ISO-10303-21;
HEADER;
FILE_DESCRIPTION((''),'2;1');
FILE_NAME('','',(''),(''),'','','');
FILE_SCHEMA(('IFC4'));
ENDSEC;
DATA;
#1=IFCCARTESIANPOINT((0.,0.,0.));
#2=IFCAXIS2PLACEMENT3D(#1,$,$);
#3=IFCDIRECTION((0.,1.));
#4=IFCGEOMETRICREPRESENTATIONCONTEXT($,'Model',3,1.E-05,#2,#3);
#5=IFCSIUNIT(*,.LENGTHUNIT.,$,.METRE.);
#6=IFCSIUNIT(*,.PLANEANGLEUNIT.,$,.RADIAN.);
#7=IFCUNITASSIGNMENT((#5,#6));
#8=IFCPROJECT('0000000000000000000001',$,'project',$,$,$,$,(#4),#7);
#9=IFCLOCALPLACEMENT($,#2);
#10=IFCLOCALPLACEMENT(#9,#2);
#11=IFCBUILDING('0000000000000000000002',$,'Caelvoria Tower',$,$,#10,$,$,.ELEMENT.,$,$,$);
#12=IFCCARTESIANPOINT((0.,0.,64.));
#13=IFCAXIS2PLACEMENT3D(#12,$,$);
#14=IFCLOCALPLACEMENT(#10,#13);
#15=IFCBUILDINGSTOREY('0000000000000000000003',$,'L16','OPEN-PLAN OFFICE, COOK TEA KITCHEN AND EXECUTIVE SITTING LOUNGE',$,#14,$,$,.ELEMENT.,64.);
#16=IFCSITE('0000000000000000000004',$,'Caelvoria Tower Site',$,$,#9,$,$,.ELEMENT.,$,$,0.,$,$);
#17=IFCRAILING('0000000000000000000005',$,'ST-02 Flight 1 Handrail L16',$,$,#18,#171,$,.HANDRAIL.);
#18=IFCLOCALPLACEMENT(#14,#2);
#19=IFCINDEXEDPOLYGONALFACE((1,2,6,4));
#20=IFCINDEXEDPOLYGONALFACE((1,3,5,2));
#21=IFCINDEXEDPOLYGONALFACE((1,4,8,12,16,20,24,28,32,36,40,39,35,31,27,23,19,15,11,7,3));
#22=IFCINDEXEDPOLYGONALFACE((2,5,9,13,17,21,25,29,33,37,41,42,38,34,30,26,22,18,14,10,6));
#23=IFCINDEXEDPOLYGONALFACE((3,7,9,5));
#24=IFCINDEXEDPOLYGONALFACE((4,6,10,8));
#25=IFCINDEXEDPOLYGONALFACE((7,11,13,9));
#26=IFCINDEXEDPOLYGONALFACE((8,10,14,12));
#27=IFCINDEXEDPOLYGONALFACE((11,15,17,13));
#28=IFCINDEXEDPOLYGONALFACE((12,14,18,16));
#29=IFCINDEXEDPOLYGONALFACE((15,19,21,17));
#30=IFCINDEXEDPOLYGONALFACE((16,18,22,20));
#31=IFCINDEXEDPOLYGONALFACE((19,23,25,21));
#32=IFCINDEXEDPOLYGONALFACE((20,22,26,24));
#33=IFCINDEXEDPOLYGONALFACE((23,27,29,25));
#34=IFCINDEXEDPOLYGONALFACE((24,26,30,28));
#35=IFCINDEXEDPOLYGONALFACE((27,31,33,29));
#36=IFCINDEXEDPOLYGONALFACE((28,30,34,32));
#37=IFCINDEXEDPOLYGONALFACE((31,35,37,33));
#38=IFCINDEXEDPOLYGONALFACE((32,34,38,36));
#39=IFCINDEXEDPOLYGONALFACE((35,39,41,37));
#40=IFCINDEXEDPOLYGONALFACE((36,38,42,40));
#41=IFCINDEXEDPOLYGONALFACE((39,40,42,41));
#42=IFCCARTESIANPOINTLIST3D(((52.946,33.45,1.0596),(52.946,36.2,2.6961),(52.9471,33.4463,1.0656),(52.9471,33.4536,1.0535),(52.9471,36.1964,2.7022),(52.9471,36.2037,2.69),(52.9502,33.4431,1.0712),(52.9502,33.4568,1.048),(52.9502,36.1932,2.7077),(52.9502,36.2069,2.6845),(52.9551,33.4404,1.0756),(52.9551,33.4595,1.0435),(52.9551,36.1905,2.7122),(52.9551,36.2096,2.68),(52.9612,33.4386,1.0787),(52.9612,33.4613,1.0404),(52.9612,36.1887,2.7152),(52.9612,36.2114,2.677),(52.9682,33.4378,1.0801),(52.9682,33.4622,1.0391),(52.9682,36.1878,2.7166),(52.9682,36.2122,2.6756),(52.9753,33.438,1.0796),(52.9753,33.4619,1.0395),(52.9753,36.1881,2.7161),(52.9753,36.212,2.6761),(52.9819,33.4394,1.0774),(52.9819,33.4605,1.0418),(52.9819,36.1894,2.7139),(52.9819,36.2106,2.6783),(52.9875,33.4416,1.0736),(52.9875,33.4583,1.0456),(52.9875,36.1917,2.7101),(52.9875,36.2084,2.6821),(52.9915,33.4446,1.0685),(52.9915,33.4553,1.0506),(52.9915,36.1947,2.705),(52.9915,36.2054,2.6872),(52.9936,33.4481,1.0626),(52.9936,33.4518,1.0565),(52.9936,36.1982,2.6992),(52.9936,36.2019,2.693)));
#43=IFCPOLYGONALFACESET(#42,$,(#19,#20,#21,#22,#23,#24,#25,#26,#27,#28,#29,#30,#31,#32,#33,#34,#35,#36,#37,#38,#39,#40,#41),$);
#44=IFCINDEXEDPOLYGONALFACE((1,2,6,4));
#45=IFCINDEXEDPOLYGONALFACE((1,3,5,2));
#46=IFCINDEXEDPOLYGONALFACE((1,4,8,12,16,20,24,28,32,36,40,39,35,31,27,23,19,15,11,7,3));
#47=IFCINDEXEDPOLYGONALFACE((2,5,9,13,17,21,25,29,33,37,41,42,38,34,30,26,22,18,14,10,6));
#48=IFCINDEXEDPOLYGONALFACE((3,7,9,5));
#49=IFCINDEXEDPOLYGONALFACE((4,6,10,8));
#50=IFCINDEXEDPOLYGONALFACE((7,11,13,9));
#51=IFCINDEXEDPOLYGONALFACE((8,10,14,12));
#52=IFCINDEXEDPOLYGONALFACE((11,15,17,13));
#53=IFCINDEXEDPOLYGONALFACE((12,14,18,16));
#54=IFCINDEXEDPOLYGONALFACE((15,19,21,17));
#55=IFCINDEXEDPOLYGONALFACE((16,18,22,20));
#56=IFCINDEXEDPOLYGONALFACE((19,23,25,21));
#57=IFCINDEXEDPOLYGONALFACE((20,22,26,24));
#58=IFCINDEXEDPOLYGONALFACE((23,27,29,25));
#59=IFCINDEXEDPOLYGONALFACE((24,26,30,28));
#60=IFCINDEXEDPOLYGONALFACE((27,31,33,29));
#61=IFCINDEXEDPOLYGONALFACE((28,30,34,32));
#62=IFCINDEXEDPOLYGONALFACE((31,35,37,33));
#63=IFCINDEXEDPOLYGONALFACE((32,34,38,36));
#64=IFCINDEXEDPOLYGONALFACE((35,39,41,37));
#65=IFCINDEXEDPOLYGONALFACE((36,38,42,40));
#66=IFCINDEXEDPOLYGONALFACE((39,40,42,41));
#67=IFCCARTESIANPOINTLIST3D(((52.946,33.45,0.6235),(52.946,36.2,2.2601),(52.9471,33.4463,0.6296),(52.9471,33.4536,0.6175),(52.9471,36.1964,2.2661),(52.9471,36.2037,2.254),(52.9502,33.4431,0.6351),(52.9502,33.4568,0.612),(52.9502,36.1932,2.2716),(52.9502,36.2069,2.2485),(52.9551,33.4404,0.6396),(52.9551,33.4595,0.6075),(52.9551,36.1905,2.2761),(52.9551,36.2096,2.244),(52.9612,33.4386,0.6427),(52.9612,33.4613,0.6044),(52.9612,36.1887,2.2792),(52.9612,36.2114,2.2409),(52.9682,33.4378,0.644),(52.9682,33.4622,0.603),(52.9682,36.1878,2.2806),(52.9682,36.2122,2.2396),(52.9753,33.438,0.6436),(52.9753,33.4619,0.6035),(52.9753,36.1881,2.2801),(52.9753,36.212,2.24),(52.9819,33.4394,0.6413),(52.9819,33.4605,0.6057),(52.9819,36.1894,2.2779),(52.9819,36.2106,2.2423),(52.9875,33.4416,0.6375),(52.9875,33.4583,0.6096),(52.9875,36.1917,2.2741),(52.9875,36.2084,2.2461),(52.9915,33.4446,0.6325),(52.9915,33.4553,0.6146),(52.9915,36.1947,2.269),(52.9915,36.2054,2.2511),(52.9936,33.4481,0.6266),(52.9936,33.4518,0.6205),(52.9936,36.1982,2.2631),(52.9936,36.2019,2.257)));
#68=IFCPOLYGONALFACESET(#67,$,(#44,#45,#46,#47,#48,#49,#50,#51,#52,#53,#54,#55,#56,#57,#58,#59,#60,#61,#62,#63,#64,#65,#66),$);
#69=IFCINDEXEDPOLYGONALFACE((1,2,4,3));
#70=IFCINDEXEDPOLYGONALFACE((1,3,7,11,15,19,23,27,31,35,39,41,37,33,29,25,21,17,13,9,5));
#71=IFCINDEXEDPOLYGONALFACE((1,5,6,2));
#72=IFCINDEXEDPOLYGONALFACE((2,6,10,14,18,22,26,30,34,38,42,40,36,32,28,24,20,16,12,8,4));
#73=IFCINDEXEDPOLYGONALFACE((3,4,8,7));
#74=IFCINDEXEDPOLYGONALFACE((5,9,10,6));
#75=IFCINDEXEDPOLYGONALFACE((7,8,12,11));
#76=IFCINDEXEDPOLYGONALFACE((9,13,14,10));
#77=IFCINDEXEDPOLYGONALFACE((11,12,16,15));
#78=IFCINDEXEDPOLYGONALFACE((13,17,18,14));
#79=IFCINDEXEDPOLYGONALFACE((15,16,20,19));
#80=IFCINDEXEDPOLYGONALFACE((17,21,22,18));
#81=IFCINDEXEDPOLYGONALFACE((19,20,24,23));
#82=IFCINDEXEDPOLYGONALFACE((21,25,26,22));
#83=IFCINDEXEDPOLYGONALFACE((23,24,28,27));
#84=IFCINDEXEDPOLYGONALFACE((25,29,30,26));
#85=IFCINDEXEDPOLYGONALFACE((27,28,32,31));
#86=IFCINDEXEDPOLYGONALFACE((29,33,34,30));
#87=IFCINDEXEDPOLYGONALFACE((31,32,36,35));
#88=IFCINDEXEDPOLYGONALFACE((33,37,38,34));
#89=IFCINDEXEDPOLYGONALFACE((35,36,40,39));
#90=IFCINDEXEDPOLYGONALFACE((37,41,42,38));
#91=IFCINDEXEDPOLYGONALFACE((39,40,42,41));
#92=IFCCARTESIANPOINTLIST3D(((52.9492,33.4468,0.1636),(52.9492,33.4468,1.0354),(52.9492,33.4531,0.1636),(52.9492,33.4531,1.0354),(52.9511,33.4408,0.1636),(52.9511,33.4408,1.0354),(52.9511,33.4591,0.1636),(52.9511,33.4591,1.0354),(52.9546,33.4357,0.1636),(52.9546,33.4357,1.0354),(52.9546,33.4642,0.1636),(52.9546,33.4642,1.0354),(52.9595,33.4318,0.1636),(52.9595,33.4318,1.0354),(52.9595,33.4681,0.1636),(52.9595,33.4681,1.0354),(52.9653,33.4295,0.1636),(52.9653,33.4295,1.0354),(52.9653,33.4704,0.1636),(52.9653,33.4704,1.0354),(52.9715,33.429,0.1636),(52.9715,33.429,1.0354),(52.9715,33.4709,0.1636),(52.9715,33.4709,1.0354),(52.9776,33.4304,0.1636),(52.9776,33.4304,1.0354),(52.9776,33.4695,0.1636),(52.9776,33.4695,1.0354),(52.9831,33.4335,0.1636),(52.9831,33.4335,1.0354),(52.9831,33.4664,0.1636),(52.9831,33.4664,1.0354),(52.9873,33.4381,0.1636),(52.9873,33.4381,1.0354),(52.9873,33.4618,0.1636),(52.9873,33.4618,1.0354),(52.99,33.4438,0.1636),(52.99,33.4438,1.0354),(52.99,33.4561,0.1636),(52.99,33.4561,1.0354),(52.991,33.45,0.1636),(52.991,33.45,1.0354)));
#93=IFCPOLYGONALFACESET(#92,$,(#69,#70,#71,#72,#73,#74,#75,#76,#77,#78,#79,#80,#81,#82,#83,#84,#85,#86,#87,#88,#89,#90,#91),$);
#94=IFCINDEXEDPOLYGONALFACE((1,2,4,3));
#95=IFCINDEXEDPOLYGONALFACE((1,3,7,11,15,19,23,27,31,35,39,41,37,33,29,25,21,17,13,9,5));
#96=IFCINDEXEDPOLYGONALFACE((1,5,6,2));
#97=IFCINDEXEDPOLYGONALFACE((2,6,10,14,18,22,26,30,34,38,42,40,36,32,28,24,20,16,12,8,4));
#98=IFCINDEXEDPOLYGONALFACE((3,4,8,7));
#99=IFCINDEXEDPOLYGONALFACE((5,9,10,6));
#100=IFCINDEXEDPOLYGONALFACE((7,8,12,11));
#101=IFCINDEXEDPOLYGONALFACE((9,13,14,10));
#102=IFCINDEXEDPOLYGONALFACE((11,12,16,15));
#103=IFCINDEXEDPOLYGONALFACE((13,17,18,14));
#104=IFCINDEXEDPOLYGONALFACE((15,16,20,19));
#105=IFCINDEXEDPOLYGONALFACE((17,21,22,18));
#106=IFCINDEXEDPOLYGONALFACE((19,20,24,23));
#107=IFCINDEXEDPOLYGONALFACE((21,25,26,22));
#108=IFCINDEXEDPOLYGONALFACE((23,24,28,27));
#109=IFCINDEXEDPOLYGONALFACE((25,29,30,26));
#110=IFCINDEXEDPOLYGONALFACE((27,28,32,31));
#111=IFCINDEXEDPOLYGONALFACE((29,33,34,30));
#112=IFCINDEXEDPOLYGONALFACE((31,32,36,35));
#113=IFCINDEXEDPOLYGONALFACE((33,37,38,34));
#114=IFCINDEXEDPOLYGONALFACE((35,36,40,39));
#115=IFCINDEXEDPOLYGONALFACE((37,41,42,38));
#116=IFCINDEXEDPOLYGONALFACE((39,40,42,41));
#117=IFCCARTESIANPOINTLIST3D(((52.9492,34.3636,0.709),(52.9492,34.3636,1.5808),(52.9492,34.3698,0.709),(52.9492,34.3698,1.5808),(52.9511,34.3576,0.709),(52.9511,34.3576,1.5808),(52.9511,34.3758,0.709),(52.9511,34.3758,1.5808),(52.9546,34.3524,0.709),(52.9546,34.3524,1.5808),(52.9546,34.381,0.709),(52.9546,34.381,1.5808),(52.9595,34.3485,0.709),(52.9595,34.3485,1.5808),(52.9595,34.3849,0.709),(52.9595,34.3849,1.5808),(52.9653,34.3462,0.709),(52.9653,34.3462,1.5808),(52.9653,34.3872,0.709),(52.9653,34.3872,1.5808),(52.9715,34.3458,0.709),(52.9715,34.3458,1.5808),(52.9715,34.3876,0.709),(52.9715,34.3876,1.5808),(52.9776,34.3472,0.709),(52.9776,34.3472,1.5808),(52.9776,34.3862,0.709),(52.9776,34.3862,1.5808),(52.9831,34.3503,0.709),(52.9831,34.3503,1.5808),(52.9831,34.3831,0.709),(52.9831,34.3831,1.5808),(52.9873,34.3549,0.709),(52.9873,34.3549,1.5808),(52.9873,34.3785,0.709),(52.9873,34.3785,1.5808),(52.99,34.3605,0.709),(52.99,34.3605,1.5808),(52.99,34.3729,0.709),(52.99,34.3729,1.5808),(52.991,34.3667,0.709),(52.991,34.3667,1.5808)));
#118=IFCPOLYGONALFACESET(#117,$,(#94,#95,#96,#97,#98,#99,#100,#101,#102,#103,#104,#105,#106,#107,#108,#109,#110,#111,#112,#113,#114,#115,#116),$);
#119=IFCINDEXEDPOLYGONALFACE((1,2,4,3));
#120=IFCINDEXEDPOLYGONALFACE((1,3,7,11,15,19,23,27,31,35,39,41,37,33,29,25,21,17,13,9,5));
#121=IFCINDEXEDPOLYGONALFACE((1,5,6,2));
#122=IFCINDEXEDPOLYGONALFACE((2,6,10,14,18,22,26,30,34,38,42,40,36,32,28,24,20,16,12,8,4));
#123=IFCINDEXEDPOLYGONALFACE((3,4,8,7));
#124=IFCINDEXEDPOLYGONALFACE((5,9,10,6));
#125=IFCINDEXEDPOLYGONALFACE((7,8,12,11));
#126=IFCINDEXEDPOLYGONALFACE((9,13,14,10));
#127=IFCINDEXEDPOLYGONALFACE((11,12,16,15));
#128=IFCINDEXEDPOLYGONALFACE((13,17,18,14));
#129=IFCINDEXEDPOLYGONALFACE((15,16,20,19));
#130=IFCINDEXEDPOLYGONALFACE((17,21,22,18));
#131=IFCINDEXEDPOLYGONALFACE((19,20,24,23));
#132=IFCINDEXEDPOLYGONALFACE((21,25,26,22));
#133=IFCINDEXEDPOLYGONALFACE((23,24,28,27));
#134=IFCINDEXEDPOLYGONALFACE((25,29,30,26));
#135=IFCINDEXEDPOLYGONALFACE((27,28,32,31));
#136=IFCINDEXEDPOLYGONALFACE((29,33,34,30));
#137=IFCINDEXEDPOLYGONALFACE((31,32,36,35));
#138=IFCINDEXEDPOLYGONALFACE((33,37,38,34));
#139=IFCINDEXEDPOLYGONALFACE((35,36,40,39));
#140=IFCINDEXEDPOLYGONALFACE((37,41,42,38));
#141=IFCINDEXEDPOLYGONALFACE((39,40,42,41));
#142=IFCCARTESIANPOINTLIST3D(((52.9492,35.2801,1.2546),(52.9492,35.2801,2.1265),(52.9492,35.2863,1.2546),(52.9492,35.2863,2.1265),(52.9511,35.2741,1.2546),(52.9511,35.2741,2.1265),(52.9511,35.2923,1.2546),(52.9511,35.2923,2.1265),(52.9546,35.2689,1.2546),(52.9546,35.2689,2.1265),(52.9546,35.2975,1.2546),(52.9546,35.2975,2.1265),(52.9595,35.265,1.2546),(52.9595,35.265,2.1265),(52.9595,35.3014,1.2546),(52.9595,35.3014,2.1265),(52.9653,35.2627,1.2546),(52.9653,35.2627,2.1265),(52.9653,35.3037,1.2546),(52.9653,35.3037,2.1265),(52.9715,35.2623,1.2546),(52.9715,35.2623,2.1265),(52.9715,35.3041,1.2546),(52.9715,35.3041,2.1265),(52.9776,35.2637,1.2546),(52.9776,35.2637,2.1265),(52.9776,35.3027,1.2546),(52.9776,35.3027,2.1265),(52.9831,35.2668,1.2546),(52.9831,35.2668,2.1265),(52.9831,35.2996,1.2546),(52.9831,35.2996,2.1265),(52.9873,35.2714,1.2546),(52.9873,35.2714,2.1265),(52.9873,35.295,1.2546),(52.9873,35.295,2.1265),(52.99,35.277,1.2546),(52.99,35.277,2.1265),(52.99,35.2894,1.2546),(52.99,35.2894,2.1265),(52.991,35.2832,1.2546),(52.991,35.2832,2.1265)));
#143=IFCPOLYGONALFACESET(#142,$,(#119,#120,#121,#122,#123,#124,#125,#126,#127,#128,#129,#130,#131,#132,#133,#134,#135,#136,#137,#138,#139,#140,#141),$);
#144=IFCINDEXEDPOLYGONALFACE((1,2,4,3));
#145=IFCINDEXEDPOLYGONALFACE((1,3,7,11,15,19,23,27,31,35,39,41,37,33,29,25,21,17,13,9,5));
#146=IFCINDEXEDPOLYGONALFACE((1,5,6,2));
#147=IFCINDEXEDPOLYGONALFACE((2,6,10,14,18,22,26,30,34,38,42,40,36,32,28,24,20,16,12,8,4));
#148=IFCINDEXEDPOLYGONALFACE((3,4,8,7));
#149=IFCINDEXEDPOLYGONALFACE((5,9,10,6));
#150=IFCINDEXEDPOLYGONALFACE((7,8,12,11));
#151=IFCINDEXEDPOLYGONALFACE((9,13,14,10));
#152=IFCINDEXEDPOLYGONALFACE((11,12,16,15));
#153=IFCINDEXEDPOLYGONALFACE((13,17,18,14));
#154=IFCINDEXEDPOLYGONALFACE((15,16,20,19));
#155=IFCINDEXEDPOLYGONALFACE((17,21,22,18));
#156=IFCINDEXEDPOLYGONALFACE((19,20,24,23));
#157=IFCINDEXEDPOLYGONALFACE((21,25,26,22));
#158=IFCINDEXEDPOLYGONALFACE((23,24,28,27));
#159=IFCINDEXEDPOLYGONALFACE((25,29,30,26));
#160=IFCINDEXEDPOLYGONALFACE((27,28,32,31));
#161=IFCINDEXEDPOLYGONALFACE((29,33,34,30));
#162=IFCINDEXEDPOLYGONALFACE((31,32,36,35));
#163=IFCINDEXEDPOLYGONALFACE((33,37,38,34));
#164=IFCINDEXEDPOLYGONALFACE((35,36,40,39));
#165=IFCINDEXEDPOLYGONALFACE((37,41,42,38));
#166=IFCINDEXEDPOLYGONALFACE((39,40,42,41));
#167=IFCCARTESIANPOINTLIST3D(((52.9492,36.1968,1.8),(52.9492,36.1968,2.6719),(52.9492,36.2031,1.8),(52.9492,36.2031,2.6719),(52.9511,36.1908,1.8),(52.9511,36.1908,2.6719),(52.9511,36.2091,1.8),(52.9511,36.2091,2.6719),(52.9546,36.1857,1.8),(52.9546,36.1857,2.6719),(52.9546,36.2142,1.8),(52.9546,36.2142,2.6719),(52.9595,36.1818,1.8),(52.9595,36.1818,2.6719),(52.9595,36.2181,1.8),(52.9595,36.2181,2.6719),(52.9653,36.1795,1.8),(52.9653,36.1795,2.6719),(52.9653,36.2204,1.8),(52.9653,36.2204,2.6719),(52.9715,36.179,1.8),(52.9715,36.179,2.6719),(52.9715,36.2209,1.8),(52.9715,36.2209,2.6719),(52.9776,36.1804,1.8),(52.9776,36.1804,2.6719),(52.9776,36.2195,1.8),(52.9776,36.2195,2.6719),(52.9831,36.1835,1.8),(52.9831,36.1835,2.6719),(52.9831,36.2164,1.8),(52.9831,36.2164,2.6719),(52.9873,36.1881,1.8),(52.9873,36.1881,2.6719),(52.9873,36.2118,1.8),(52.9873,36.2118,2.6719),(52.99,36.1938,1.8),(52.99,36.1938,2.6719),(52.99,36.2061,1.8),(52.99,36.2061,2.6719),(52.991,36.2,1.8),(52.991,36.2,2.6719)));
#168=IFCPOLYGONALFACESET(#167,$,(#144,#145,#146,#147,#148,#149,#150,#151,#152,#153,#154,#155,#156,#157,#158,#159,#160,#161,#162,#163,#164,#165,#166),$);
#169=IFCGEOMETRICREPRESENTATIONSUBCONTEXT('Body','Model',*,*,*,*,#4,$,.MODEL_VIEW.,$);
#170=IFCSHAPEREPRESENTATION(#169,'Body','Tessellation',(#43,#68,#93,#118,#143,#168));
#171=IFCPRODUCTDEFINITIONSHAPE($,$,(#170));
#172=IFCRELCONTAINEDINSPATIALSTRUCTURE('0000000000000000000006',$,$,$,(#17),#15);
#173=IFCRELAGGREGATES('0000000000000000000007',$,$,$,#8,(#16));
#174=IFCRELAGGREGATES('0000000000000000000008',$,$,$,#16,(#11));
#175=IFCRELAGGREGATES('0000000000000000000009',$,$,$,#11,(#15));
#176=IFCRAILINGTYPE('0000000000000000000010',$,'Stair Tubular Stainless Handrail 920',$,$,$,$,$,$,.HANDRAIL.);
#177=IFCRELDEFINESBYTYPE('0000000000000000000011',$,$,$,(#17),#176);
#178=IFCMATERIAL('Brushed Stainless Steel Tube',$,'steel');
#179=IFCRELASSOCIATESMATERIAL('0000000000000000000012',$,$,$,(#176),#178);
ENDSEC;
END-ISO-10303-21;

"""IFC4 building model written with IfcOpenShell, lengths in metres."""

from ifc_helpers import new_model, si_unit, direction, frame, origin, origin_2d, place, context, subcontext, project, spatial, circle, extrude, material, type_object, element, save


model = new_model("IFC4")

# Units and contexts
model_context = context("Model", 3, precision=1e-05, world=origin(), true_north=direction((0.0, 1.0)))
body_context = subcontext(model_context, "Body", "Model", "MODEL_VIEW")
ifc_project = project(units=[si_unit("LENGTHUNIT", "METRE"), si_unit("PLANEANGLEUNIT", "RADIAN")], contexts=[model_context])

# Site, building, storey
site_placement = place(None, origin())
site = spatial("IfcSite", under=ifc_project, at=site_placement, Name="Caelvoria Tower Site", CompositionType="ELEMENT", RefElevation=0.0)
building_placement = place(site_placement, origin())
building = spatial("IfcBuilding", under=site, at=building_placement, Name="Caelvoria Tower", CompositionType="ELEMENT")
storey_placement = place(building_placement, frame((0.0, 0.0, 64.0)))
storey = spatial("IfcBuildingStorey", under=building, at=storey_placement, Name="L16", Description="OPEN-PLAN OFFICE, COOK TEA KITCHEN AND EXECUTIVE SITTING LOUNGE", CompositionType="ELEMENT", Elevation=64.0)

# Railing
ifc_material_1 = material(Name="Brushed Stainless Steel Tube", Category="steel")
railing_type_1 = type_object("IfcRailingType", Name="Stair Tubular Stainless Handrail 920", PredefinedType="HANDRAIL", material=ifc_material_1)
railing_1_placement = place(storey_placement, frame((52.97, 33.45, 0.1636)))
element("IfcRailing", 1, at=railing_1_placement, inside=storey, type_object=railing_type_1, Name="ST-02 Flight 1 Handrail L16", PredefinedType="HANDRAIL", context=body_context, shape_type="SweptSolid", body=[
    extrude(circle(Radius=0.0239, at=origin_2d()), frame((0.0, 0.0, 0.896), z_axis=(0.0, 0.859352, 0.511385), x_axis=(-1.0, 0.0, 0.0)), (0.0, 0.0, 1.0), 3.2002),
    extrude(circle(Radius=0.0239, at=origin_2d()), frame((0.0, 0.0, 0.46), z_axis=(0.0, 0.859352, 0.511385), x_axis=(-1.0, 0.0, 0.0)), (0.0, 0.0, 1.0), 3.2002),
    extrude(circle(Radius=0.021, at=origin_2d()), origin(), (0.0, 0.0, 1.0), 0.8718),
    extrude(circle(Radius=0.021, at=origin_2d()), frame((0.0, 0.9167, 0.5454)), (0.0, 0.0, 1.0), 0.8718),
    extrude(circle(Radius=0.021, at=origin_2d()), frame((0.0, 1.8333, 1.0911)), (0.0, 0.0, 1.0), 0.8718),
    extrude(circle(Radius=0.021, at=origin_2d()), frame((0.0, 2.75, 1.6365)), (0.0, 0.0, 1.0), 0.8718),
])

save(model, "model.ifc")
